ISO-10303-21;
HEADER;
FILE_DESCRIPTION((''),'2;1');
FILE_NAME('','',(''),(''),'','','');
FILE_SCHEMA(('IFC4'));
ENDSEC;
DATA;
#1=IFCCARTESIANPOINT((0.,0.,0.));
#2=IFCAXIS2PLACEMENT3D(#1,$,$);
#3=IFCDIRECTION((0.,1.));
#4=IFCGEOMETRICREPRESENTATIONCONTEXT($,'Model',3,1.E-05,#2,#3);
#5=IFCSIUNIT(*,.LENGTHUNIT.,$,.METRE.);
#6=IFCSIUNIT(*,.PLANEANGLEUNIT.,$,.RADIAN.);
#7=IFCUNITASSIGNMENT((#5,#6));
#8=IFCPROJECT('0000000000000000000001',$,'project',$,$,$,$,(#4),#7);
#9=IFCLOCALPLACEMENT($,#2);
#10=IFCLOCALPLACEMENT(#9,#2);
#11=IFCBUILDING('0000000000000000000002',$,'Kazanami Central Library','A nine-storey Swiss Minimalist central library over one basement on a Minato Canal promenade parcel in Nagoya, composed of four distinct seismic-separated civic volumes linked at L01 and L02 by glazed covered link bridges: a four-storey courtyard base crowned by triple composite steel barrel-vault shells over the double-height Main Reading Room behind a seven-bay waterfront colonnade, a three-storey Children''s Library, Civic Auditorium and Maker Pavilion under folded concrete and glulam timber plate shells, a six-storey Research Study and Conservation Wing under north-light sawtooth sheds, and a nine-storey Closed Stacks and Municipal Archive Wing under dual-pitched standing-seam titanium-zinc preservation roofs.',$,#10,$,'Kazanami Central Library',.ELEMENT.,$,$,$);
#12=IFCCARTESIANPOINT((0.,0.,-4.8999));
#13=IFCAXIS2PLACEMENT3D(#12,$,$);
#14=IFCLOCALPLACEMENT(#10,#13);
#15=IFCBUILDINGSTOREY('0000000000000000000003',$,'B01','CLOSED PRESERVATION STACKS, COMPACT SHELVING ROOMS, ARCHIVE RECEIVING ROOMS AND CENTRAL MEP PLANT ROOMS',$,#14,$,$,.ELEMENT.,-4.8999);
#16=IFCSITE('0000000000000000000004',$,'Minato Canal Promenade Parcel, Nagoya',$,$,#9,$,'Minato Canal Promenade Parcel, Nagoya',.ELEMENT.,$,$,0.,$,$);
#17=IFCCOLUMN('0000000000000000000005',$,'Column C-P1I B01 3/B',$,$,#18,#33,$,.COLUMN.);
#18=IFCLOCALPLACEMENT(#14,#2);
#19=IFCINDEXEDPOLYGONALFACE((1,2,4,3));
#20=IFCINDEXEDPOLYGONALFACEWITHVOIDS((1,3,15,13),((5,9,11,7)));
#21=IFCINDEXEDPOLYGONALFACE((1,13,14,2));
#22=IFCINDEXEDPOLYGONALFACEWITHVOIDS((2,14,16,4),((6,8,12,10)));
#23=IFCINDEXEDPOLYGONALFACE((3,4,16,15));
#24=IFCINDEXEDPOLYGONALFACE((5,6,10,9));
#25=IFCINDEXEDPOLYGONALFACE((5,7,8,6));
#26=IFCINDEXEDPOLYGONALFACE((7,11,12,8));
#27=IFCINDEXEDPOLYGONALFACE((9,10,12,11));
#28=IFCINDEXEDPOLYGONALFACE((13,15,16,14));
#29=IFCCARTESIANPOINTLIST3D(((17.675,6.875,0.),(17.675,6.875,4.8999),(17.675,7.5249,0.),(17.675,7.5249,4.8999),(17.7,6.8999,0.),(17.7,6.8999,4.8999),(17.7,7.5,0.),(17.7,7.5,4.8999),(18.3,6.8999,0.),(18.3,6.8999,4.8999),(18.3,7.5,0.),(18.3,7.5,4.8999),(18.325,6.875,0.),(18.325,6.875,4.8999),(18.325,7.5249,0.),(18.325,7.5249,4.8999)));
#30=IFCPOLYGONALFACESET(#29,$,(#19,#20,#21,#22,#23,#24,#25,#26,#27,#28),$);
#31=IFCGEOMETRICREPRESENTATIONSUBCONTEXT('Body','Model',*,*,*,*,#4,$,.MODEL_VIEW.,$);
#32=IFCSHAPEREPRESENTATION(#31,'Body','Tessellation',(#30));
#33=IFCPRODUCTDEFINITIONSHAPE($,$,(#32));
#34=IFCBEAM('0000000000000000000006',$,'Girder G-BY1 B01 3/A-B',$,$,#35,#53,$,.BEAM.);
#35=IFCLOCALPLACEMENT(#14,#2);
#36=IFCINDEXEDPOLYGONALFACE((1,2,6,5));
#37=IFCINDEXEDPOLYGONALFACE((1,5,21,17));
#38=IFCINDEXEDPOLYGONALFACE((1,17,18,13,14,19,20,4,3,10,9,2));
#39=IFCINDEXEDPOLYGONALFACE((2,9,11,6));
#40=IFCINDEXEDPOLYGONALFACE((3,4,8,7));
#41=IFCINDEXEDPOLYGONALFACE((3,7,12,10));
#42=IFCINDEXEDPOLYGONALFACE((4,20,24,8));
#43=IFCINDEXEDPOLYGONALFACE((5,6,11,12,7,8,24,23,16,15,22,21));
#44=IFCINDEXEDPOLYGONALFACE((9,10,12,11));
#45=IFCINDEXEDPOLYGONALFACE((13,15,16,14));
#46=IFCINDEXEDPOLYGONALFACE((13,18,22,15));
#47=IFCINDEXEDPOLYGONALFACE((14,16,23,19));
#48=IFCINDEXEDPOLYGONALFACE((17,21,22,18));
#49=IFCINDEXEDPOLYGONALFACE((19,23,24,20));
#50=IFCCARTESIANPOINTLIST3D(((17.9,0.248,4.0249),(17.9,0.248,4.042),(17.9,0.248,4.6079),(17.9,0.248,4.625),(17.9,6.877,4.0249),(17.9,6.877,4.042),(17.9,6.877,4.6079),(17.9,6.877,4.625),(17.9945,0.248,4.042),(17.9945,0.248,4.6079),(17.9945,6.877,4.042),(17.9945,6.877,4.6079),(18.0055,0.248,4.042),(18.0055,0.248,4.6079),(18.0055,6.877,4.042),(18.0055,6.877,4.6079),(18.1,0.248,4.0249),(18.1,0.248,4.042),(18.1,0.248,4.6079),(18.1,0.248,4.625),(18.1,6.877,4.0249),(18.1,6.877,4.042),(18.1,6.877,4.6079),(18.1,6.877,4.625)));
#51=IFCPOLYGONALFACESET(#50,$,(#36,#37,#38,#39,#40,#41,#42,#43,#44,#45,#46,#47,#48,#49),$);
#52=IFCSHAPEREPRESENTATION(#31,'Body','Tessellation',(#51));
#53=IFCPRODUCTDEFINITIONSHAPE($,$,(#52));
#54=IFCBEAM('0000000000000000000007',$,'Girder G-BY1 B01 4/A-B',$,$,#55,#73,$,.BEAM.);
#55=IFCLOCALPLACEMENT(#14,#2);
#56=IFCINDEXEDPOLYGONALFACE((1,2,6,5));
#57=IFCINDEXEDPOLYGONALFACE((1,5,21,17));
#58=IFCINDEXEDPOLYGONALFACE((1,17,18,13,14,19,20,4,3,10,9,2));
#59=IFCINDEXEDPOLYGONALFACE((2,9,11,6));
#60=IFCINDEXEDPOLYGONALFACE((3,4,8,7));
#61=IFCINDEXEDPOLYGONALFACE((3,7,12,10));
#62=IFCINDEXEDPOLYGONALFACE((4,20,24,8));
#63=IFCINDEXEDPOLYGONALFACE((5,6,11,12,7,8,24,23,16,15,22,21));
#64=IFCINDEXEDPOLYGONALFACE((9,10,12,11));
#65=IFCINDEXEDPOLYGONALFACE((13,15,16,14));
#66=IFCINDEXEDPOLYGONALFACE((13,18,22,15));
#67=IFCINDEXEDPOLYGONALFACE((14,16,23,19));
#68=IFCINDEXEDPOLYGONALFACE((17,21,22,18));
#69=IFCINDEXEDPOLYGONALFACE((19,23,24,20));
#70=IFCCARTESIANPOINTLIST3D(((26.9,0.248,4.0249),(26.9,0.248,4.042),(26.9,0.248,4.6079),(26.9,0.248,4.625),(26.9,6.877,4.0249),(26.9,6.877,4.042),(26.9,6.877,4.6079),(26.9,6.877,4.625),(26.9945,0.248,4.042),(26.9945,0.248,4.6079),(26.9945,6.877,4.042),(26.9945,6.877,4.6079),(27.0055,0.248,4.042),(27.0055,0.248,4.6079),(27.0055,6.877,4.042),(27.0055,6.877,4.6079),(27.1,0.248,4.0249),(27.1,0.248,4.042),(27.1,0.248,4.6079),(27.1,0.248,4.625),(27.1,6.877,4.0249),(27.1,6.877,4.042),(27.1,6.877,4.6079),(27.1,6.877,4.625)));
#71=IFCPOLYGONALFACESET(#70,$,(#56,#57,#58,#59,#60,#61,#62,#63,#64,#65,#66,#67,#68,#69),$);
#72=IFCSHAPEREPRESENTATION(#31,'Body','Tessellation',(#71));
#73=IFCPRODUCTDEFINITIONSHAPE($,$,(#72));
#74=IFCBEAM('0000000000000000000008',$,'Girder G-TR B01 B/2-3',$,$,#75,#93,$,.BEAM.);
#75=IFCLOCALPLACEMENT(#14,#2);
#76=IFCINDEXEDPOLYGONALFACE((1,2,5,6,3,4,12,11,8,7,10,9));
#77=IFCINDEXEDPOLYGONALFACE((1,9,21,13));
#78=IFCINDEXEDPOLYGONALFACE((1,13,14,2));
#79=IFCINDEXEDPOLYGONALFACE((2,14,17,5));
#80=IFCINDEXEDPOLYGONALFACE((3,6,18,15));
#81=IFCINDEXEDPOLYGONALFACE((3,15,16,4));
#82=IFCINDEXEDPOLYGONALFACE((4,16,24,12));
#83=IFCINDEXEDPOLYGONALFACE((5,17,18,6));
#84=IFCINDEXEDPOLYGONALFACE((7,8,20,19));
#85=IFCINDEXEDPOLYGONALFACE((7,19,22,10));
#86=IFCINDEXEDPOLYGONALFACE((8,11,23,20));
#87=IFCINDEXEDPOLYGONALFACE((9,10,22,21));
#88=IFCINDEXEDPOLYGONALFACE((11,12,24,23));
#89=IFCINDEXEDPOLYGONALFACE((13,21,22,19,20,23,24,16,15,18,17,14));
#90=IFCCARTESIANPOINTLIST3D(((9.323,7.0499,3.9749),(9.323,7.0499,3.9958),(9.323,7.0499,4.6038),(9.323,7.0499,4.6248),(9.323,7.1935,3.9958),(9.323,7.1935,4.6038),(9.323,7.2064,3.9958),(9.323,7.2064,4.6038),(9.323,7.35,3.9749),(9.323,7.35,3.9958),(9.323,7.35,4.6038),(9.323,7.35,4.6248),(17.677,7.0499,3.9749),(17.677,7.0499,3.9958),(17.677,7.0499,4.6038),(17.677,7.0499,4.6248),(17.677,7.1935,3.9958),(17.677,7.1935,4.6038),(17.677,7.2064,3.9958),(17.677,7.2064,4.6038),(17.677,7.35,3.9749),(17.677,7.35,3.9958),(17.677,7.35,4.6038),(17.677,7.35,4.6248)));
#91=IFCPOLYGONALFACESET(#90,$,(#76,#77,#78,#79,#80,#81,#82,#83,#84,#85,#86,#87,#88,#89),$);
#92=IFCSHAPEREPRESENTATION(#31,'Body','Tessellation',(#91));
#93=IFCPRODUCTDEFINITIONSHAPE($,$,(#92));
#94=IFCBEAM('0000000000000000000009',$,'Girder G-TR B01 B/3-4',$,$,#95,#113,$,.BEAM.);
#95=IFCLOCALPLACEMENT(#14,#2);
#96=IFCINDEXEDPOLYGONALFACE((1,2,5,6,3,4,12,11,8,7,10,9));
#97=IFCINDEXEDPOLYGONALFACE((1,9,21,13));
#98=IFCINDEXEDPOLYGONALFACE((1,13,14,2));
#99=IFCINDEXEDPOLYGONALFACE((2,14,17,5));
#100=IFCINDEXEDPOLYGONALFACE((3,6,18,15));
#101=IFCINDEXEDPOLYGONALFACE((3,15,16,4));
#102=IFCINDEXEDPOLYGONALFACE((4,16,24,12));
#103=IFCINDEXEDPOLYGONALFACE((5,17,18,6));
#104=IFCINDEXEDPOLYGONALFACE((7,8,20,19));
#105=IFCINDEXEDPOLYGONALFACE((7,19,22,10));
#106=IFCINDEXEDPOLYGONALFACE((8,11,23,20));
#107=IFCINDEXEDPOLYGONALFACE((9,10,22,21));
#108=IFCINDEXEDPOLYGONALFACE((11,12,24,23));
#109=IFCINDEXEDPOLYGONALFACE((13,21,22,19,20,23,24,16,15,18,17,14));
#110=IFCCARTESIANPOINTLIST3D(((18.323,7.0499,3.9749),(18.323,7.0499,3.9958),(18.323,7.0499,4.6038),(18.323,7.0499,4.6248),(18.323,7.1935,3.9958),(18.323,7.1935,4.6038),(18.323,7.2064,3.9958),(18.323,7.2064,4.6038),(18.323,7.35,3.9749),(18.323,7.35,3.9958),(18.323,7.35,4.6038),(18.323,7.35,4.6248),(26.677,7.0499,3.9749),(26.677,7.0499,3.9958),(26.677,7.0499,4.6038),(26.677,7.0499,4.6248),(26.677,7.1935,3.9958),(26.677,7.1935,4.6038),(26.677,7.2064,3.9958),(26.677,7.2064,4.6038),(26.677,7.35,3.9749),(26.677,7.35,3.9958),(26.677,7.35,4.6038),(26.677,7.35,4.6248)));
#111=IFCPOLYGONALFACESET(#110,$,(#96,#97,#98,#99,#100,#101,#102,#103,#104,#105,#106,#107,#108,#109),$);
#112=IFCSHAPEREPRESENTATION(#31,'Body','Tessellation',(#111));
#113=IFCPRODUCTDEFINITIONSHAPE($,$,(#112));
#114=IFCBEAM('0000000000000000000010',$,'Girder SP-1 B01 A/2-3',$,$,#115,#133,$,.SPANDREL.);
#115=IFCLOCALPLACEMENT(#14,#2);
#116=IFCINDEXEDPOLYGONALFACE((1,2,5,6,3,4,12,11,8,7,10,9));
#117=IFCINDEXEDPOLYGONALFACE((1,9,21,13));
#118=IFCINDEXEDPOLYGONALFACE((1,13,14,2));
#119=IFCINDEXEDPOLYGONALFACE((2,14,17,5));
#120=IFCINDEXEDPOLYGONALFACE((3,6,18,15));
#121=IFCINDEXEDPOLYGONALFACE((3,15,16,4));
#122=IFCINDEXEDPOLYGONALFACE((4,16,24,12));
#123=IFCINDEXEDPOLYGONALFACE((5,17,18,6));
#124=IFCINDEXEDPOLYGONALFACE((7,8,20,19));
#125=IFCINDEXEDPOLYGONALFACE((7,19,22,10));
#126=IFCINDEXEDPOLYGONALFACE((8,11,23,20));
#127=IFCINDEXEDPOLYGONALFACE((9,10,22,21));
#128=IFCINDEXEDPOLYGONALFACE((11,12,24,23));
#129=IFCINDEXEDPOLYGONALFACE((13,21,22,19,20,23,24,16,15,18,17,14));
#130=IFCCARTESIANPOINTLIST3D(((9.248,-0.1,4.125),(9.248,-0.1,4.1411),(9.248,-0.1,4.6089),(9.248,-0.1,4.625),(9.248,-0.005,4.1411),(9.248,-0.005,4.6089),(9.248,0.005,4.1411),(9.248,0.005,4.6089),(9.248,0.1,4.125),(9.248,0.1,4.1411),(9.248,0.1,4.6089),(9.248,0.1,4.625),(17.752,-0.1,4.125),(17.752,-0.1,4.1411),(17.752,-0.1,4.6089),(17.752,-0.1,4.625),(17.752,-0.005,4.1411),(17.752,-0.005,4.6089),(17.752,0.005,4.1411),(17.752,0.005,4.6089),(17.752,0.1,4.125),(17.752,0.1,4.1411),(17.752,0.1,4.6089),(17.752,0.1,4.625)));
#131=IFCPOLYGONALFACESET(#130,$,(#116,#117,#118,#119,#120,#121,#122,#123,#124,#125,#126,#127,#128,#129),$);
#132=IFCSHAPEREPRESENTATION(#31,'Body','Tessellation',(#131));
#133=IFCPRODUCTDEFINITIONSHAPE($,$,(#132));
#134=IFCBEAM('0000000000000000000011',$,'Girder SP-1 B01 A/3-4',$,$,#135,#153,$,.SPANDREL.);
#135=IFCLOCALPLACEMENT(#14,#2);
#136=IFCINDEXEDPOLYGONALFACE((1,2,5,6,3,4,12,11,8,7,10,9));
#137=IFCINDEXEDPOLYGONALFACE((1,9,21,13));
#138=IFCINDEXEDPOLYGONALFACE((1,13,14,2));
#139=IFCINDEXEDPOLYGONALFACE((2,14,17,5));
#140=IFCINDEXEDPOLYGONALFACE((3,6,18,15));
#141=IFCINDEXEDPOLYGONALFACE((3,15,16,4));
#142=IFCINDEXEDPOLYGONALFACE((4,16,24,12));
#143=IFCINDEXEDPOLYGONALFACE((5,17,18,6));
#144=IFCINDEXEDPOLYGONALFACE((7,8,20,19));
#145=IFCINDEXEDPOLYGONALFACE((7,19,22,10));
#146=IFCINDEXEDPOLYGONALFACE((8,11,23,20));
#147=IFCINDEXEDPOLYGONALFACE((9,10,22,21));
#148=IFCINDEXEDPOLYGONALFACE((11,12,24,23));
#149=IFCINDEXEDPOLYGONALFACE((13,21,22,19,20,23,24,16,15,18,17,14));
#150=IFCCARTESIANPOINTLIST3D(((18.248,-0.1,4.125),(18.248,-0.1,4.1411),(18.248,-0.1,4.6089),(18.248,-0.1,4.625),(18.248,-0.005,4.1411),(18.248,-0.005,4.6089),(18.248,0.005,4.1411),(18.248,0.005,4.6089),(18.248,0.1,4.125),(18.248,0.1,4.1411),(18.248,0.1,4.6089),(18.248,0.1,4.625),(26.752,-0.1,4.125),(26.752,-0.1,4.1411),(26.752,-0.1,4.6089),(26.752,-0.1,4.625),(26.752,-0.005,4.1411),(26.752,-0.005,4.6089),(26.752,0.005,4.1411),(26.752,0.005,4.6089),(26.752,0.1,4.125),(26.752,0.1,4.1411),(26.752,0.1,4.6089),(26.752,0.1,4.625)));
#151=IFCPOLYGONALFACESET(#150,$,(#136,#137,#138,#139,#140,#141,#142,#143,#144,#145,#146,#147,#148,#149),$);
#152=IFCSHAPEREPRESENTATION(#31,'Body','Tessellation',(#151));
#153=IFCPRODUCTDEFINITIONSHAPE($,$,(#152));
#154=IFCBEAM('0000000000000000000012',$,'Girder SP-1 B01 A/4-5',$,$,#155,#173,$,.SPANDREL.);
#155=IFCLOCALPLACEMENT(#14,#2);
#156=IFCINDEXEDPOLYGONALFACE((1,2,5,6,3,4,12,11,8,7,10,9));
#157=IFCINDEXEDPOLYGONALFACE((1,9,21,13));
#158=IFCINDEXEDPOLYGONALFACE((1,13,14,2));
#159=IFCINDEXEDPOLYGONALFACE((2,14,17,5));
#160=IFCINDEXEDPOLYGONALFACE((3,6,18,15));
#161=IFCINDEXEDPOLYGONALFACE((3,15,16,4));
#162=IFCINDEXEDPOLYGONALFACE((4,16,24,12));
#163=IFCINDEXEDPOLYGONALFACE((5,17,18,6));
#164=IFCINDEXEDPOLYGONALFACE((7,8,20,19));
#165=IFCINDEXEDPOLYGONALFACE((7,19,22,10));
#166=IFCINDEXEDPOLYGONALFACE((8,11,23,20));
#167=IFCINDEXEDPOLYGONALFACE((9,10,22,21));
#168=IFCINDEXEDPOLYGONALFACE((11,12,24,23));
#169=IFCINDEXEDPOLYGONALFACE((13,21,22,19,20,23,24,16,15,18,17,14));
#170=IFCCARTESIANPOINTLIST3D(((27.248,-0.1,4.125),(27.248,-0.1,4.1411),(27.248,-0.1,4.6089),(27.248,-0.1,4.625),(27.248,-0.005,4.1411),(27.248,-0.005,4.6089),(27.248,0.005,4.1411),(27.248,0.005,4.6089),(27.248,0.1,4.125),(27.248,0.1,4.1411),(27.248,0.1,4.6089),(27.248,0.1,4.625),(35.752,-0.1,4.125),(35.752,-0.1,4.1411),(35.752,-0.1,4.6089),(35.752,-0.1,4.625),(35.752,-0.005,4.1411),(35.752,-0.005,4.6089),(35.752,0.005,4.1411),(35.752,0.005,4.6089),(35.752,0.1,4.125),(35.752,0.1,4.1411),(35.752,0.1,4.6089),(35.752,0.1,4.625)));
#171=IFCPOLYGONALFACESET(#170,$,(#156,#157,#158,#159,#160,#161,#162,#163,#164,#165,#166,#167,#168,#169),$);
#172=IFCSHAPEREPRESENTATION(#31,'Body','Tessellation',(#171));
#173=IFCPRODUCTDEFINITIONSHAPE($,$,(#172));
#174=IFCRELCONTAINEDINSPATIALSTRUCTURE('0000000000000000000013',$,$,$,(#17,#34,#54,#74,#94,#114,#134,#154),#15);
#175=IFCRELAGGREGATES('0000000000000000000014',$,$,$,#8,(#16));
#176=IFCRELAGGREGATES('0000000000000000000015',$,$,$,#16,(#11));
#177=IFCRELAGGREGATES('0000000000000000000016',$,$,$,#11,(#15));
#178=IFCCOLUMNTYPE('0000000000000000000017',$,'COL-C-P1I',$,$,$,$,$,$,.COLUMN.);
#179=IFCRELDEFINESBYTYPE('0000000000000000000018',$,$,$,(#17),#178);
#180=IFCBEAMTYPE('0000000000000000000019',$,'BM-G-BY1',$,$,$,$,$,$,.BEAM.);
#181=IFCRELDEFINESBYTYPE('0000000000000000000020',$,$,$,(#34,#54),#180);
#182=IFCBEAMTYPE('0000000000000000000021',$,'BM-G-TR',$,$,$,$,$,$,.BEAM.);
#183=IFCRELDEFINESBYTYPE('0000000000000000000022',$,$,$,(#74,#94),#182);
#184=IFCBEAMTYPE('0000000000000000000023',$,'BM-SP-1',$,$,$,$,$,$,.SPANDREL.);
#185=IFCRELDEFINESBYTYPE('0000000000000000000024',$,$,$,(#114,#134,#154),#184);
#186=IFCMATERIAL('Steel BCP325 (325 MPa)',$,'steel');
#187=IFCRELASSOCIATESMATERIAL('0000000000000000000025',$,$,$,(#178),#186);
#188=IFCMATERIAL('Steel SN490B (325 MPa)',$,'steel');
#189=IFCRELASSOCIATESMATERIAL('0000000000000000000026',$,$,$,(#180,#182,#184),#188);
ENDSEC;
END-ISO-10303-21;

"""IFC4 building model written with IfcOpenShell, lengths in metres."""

from ifc_helpers import new_model, si_unit, direction, frame, origin, origin_2d, place, context, subcontext, project, spatial, hollow_rectangle, i_section, extrude, material, material_profile, profile_set, type_object, element, save


model = new_model("IFC4")

# Units and contexts
model_context = context("Model", 3, precision=1e-05, world=origin(), true_north=direction((0.0, 1.0)))
body_context = subcontext(model_context, "Body", "Model", "MODEL_VIEW")
ifc_project = project(units=[si_unit("LENGTHUNIT", "METRE"), si_unit("PLANEANGLEUNIT", "RADIAN")], contexts=[model_context])

# Site, building, storey
site_placement = place(None, origin())
site = spatial("IfcSite", under=ifc_project, at=site_placement, Name="Minato Canal Promenade Parcel, Nagoya", LongName="Minato Canal Promenade Parcel, Nagoya", CompositionType="ELEMENT", RefElevation=0.0)
building_placement = place(site_placement, origin())
building = spatial("IfcBuilding", under=site, at=building_placement, Name="Kazanami Central Library", Description="A nine-storey Swiss Minimalist central library over one basement on a Minato Canal promenade parcel in Nagoya, composed of four distinct seismic-separated civic volumes linked at L01 and L02 by glazed covered link bridges: a four-storey courtyard base crowned by triple composite steel barrel-vault shells over the double-height Main Reading Room behind a seven-bay waterfront colonnade, a three-storey Children's Library, Civic Auditorium and Maker Pavilion under folded concrete and glulam timber plate shells, a six-storey Research Study and Conservation Wing under north-light sawtooth sheds, and a nine-storey Closed Stacks and Municipal Archive Wing under dual-pitched standing-seam titanium-zinc preservation roofs.", LongName="Kazanami Central Library", CompositionType="ELEMENT")
storey_placement = place(building_placement, frame((0.0, 0.0, -4.8999)))
storey = spatial("IfcBuildingStorey", under=building, at=storey_placement, Name="B01", Description="CLOSED PRESERVATION STACKS, COMPACT SHELVING ROOMS, ARCHIVE RECEIVING ROOMS AND CENTRAL MEP PLANT ROOMS", CompositionType="ELEMENT", Elevation=-4.8999)

# Column
ifc_material_1 = material(Name="Steel BCP325 (325 MPa)", Category="steel")
ifc_material_profile_1 = material_profile(ifc_material_1, hollow_rectangle(XDim=0.6499, YDim=0.6499, WallThickness=0.0249, at=origin_2d()), Name="BCP-650x650x25")
ifc_profile_set_1 = profile_set([ifc_material_profile_1], Name="Steel BCP325 (325 MPa)")
column_type_1 = type_object("IfcColumnType", Name="COL-C-P1I", PredefinedType="COLUMN", material=ifc_profile_set_1)
column_placement = place(storey_placement, frame((18.0, 7.2, 0.0), z_axis=(0.0, 0.0, 1.0), x_axis=(1.0, 0.0, 0.0)))
element("IfcColumn", 1, at=column_placement, inside=storey, type_object=column_type_1, Name="Column C-P1I B01 3/B", PredefinedType="COLUMN", context=body_context, shape_type="SweptSolid", body=[
    extrude(hollow_rectangle(XDim=0.6499, YDim=0.6499, WallThickness=0.0249, at=origin_2d()), origin(), (0.0, 0.0, 1.0), 4.8999),
])

# Beams
ifc_material_2 = material(Name="Steel SN490B (325 MPa)", Category="steel")
ifc_material_profile_2 = material_profile(ifc_material_2, i_section(OverallWidth=0.2, OverallDepth=0.6001, WebThickness=0.011, FlangeThickness=0.0171, at=origin_2d()), Name="H-600x200x11x17")
ifc_profile_set_2 = profile_set([ifc_material_profile_2], Name="Steel SN490B (325 MPa)")
beam_type_1 = type_object("IfcBeamType", Name="BM-G-BY1", PredefinedType="BEAM", material=ifc_profile_set_2)
for number, where, z_axis, x_axis, name in (
    (2, (18.0, 0.248, 4.325), (0.0, 1.0, 0.0), (-1.0, 0.0, 0.0), "Girder G-BY1 B01 3/A-B"),
    (3, (27.0, 0.248, 4.325), (0.0, 1.0, 0.0), (-1.0, 0.0, 0.0), "Girder G-BY1 B01 4/A-B"),
):
    element("IfcBeam", number, at=place(storey_placement, frame(where, z_axis=z_axis, x_axis=x_axis)), inside=storey, type_object=beam_type_1, Name=name, PredefinedType="BEAM", context=body_context, shape_type="SweptSolid", body=[
        extrude(i_section(OverallWidth=0.2, OverallDepth=0.6001, WebThickness=0.011, FlangeThickness=0.0171, at=origin_2d()), origin(), (0.0, 0.0, 1.0), 6.6289),
    ])
ifc_material_profile_3 = material_profile(ifc_material_2, i_section(OverallWidth=0.3, OverallDepth=0.6499, WebThickness=0.0129, FlangeThickness=0.021, at=origin_2d()), Name="H-650x300x13x21")
ifc_profile_set_3 = profile_set([ifc_material_profile_3], Name="Steel SN490B (325 MPa)")
beam_type_2 = type_object("IfcBeamType", Name="BM-G-TR", PredefinedType="BEAM", material=ifc_profile_set_3)
for number, where, z_axis, x_axis, name in (
    (4, (9.323, 7.2, 4.2998), (1.0, 0.0, 0.0), (0.0, 1.0, 0.0), "Girder G-TR B01 B/2-3"),
    (5, (18.323, 7.2, 4.2998), (1.0, 0.0, 0.0), (0.0, 1.0, 0.0), "Girder G-TR B01 B/3-4"),
):
    element("IfcBeam", number, at=place(storey_placement, frame(where, z_axis=z_axis, x_axis=x_axis)), inside=storey, type_object=beam_type_2, Name=name, PredefinedType="BEAM", context=body_context, shape_type="SweptSolid", body=[
        extrude(i_section(OverallWidth=0.3, OverallDepth=0.6499, WebThickness=0.0129, FlangeThickness=0.021, at=origin_2d()), origin(), (0.0, 0.0, 1.0), 8.354),
    ])
ifc_material_profile_4 = material_profile(ifc_material_2, i_section(OverallWidth=0.2, OverallDepth=0.5, WebThickness=0.01, FlangeThickness=0.0161, at=origin_2d()), Name="H-500x200x10x16")
ifc_profile_set_4 = profile_set([ifc_material_profile_4], Name="Steel SN490B (325 MPa)")
beam_type_3 = type_object("IfcBeamType", Name="BM-SP-1", PredefinedType="SPANDREL", material=ifc_profile_set_4)
for number, where, z_axis, x_axis, name in (
    (6, (9.248, 0.0, 4.375), (1.0, 0.0, 0.0), (0.0, 1.0, 0.0), "Girder SP-1 B01 A/2-3"),
    (7, (18.248, 0.0, 4.375), (1.0, 0.0, 0.0), (0.0, 1.0, 0.0), "Girder SP-1 B01 A/3-4"),
    (8, (27.248, 0.0, 4.375), (1.0, 0.0, 0.0), (0.0, 1.0, 0.0), "Girder SP-1 B01 A/4-5"),
):
    element("IfcBeam", number, at=place(storey_placement, frame(where, z_axis=z_axis, x_axis=x_axis)), inside=storey, type_object=beam_type_3, Name=name, PredefinedType="SPANDREL", context=body_context, shape_type="SweptSolid", body=[
        extrude(i_section(OverallWidth=0.2, OverallDepth=0.5, WebThickness=0.01, FlangeThickness=0.0161, at=origin_2d()), origin(), (0.0, 0.0, 1.0), 8.5039),
    ])

save(model, "model.ifc")
